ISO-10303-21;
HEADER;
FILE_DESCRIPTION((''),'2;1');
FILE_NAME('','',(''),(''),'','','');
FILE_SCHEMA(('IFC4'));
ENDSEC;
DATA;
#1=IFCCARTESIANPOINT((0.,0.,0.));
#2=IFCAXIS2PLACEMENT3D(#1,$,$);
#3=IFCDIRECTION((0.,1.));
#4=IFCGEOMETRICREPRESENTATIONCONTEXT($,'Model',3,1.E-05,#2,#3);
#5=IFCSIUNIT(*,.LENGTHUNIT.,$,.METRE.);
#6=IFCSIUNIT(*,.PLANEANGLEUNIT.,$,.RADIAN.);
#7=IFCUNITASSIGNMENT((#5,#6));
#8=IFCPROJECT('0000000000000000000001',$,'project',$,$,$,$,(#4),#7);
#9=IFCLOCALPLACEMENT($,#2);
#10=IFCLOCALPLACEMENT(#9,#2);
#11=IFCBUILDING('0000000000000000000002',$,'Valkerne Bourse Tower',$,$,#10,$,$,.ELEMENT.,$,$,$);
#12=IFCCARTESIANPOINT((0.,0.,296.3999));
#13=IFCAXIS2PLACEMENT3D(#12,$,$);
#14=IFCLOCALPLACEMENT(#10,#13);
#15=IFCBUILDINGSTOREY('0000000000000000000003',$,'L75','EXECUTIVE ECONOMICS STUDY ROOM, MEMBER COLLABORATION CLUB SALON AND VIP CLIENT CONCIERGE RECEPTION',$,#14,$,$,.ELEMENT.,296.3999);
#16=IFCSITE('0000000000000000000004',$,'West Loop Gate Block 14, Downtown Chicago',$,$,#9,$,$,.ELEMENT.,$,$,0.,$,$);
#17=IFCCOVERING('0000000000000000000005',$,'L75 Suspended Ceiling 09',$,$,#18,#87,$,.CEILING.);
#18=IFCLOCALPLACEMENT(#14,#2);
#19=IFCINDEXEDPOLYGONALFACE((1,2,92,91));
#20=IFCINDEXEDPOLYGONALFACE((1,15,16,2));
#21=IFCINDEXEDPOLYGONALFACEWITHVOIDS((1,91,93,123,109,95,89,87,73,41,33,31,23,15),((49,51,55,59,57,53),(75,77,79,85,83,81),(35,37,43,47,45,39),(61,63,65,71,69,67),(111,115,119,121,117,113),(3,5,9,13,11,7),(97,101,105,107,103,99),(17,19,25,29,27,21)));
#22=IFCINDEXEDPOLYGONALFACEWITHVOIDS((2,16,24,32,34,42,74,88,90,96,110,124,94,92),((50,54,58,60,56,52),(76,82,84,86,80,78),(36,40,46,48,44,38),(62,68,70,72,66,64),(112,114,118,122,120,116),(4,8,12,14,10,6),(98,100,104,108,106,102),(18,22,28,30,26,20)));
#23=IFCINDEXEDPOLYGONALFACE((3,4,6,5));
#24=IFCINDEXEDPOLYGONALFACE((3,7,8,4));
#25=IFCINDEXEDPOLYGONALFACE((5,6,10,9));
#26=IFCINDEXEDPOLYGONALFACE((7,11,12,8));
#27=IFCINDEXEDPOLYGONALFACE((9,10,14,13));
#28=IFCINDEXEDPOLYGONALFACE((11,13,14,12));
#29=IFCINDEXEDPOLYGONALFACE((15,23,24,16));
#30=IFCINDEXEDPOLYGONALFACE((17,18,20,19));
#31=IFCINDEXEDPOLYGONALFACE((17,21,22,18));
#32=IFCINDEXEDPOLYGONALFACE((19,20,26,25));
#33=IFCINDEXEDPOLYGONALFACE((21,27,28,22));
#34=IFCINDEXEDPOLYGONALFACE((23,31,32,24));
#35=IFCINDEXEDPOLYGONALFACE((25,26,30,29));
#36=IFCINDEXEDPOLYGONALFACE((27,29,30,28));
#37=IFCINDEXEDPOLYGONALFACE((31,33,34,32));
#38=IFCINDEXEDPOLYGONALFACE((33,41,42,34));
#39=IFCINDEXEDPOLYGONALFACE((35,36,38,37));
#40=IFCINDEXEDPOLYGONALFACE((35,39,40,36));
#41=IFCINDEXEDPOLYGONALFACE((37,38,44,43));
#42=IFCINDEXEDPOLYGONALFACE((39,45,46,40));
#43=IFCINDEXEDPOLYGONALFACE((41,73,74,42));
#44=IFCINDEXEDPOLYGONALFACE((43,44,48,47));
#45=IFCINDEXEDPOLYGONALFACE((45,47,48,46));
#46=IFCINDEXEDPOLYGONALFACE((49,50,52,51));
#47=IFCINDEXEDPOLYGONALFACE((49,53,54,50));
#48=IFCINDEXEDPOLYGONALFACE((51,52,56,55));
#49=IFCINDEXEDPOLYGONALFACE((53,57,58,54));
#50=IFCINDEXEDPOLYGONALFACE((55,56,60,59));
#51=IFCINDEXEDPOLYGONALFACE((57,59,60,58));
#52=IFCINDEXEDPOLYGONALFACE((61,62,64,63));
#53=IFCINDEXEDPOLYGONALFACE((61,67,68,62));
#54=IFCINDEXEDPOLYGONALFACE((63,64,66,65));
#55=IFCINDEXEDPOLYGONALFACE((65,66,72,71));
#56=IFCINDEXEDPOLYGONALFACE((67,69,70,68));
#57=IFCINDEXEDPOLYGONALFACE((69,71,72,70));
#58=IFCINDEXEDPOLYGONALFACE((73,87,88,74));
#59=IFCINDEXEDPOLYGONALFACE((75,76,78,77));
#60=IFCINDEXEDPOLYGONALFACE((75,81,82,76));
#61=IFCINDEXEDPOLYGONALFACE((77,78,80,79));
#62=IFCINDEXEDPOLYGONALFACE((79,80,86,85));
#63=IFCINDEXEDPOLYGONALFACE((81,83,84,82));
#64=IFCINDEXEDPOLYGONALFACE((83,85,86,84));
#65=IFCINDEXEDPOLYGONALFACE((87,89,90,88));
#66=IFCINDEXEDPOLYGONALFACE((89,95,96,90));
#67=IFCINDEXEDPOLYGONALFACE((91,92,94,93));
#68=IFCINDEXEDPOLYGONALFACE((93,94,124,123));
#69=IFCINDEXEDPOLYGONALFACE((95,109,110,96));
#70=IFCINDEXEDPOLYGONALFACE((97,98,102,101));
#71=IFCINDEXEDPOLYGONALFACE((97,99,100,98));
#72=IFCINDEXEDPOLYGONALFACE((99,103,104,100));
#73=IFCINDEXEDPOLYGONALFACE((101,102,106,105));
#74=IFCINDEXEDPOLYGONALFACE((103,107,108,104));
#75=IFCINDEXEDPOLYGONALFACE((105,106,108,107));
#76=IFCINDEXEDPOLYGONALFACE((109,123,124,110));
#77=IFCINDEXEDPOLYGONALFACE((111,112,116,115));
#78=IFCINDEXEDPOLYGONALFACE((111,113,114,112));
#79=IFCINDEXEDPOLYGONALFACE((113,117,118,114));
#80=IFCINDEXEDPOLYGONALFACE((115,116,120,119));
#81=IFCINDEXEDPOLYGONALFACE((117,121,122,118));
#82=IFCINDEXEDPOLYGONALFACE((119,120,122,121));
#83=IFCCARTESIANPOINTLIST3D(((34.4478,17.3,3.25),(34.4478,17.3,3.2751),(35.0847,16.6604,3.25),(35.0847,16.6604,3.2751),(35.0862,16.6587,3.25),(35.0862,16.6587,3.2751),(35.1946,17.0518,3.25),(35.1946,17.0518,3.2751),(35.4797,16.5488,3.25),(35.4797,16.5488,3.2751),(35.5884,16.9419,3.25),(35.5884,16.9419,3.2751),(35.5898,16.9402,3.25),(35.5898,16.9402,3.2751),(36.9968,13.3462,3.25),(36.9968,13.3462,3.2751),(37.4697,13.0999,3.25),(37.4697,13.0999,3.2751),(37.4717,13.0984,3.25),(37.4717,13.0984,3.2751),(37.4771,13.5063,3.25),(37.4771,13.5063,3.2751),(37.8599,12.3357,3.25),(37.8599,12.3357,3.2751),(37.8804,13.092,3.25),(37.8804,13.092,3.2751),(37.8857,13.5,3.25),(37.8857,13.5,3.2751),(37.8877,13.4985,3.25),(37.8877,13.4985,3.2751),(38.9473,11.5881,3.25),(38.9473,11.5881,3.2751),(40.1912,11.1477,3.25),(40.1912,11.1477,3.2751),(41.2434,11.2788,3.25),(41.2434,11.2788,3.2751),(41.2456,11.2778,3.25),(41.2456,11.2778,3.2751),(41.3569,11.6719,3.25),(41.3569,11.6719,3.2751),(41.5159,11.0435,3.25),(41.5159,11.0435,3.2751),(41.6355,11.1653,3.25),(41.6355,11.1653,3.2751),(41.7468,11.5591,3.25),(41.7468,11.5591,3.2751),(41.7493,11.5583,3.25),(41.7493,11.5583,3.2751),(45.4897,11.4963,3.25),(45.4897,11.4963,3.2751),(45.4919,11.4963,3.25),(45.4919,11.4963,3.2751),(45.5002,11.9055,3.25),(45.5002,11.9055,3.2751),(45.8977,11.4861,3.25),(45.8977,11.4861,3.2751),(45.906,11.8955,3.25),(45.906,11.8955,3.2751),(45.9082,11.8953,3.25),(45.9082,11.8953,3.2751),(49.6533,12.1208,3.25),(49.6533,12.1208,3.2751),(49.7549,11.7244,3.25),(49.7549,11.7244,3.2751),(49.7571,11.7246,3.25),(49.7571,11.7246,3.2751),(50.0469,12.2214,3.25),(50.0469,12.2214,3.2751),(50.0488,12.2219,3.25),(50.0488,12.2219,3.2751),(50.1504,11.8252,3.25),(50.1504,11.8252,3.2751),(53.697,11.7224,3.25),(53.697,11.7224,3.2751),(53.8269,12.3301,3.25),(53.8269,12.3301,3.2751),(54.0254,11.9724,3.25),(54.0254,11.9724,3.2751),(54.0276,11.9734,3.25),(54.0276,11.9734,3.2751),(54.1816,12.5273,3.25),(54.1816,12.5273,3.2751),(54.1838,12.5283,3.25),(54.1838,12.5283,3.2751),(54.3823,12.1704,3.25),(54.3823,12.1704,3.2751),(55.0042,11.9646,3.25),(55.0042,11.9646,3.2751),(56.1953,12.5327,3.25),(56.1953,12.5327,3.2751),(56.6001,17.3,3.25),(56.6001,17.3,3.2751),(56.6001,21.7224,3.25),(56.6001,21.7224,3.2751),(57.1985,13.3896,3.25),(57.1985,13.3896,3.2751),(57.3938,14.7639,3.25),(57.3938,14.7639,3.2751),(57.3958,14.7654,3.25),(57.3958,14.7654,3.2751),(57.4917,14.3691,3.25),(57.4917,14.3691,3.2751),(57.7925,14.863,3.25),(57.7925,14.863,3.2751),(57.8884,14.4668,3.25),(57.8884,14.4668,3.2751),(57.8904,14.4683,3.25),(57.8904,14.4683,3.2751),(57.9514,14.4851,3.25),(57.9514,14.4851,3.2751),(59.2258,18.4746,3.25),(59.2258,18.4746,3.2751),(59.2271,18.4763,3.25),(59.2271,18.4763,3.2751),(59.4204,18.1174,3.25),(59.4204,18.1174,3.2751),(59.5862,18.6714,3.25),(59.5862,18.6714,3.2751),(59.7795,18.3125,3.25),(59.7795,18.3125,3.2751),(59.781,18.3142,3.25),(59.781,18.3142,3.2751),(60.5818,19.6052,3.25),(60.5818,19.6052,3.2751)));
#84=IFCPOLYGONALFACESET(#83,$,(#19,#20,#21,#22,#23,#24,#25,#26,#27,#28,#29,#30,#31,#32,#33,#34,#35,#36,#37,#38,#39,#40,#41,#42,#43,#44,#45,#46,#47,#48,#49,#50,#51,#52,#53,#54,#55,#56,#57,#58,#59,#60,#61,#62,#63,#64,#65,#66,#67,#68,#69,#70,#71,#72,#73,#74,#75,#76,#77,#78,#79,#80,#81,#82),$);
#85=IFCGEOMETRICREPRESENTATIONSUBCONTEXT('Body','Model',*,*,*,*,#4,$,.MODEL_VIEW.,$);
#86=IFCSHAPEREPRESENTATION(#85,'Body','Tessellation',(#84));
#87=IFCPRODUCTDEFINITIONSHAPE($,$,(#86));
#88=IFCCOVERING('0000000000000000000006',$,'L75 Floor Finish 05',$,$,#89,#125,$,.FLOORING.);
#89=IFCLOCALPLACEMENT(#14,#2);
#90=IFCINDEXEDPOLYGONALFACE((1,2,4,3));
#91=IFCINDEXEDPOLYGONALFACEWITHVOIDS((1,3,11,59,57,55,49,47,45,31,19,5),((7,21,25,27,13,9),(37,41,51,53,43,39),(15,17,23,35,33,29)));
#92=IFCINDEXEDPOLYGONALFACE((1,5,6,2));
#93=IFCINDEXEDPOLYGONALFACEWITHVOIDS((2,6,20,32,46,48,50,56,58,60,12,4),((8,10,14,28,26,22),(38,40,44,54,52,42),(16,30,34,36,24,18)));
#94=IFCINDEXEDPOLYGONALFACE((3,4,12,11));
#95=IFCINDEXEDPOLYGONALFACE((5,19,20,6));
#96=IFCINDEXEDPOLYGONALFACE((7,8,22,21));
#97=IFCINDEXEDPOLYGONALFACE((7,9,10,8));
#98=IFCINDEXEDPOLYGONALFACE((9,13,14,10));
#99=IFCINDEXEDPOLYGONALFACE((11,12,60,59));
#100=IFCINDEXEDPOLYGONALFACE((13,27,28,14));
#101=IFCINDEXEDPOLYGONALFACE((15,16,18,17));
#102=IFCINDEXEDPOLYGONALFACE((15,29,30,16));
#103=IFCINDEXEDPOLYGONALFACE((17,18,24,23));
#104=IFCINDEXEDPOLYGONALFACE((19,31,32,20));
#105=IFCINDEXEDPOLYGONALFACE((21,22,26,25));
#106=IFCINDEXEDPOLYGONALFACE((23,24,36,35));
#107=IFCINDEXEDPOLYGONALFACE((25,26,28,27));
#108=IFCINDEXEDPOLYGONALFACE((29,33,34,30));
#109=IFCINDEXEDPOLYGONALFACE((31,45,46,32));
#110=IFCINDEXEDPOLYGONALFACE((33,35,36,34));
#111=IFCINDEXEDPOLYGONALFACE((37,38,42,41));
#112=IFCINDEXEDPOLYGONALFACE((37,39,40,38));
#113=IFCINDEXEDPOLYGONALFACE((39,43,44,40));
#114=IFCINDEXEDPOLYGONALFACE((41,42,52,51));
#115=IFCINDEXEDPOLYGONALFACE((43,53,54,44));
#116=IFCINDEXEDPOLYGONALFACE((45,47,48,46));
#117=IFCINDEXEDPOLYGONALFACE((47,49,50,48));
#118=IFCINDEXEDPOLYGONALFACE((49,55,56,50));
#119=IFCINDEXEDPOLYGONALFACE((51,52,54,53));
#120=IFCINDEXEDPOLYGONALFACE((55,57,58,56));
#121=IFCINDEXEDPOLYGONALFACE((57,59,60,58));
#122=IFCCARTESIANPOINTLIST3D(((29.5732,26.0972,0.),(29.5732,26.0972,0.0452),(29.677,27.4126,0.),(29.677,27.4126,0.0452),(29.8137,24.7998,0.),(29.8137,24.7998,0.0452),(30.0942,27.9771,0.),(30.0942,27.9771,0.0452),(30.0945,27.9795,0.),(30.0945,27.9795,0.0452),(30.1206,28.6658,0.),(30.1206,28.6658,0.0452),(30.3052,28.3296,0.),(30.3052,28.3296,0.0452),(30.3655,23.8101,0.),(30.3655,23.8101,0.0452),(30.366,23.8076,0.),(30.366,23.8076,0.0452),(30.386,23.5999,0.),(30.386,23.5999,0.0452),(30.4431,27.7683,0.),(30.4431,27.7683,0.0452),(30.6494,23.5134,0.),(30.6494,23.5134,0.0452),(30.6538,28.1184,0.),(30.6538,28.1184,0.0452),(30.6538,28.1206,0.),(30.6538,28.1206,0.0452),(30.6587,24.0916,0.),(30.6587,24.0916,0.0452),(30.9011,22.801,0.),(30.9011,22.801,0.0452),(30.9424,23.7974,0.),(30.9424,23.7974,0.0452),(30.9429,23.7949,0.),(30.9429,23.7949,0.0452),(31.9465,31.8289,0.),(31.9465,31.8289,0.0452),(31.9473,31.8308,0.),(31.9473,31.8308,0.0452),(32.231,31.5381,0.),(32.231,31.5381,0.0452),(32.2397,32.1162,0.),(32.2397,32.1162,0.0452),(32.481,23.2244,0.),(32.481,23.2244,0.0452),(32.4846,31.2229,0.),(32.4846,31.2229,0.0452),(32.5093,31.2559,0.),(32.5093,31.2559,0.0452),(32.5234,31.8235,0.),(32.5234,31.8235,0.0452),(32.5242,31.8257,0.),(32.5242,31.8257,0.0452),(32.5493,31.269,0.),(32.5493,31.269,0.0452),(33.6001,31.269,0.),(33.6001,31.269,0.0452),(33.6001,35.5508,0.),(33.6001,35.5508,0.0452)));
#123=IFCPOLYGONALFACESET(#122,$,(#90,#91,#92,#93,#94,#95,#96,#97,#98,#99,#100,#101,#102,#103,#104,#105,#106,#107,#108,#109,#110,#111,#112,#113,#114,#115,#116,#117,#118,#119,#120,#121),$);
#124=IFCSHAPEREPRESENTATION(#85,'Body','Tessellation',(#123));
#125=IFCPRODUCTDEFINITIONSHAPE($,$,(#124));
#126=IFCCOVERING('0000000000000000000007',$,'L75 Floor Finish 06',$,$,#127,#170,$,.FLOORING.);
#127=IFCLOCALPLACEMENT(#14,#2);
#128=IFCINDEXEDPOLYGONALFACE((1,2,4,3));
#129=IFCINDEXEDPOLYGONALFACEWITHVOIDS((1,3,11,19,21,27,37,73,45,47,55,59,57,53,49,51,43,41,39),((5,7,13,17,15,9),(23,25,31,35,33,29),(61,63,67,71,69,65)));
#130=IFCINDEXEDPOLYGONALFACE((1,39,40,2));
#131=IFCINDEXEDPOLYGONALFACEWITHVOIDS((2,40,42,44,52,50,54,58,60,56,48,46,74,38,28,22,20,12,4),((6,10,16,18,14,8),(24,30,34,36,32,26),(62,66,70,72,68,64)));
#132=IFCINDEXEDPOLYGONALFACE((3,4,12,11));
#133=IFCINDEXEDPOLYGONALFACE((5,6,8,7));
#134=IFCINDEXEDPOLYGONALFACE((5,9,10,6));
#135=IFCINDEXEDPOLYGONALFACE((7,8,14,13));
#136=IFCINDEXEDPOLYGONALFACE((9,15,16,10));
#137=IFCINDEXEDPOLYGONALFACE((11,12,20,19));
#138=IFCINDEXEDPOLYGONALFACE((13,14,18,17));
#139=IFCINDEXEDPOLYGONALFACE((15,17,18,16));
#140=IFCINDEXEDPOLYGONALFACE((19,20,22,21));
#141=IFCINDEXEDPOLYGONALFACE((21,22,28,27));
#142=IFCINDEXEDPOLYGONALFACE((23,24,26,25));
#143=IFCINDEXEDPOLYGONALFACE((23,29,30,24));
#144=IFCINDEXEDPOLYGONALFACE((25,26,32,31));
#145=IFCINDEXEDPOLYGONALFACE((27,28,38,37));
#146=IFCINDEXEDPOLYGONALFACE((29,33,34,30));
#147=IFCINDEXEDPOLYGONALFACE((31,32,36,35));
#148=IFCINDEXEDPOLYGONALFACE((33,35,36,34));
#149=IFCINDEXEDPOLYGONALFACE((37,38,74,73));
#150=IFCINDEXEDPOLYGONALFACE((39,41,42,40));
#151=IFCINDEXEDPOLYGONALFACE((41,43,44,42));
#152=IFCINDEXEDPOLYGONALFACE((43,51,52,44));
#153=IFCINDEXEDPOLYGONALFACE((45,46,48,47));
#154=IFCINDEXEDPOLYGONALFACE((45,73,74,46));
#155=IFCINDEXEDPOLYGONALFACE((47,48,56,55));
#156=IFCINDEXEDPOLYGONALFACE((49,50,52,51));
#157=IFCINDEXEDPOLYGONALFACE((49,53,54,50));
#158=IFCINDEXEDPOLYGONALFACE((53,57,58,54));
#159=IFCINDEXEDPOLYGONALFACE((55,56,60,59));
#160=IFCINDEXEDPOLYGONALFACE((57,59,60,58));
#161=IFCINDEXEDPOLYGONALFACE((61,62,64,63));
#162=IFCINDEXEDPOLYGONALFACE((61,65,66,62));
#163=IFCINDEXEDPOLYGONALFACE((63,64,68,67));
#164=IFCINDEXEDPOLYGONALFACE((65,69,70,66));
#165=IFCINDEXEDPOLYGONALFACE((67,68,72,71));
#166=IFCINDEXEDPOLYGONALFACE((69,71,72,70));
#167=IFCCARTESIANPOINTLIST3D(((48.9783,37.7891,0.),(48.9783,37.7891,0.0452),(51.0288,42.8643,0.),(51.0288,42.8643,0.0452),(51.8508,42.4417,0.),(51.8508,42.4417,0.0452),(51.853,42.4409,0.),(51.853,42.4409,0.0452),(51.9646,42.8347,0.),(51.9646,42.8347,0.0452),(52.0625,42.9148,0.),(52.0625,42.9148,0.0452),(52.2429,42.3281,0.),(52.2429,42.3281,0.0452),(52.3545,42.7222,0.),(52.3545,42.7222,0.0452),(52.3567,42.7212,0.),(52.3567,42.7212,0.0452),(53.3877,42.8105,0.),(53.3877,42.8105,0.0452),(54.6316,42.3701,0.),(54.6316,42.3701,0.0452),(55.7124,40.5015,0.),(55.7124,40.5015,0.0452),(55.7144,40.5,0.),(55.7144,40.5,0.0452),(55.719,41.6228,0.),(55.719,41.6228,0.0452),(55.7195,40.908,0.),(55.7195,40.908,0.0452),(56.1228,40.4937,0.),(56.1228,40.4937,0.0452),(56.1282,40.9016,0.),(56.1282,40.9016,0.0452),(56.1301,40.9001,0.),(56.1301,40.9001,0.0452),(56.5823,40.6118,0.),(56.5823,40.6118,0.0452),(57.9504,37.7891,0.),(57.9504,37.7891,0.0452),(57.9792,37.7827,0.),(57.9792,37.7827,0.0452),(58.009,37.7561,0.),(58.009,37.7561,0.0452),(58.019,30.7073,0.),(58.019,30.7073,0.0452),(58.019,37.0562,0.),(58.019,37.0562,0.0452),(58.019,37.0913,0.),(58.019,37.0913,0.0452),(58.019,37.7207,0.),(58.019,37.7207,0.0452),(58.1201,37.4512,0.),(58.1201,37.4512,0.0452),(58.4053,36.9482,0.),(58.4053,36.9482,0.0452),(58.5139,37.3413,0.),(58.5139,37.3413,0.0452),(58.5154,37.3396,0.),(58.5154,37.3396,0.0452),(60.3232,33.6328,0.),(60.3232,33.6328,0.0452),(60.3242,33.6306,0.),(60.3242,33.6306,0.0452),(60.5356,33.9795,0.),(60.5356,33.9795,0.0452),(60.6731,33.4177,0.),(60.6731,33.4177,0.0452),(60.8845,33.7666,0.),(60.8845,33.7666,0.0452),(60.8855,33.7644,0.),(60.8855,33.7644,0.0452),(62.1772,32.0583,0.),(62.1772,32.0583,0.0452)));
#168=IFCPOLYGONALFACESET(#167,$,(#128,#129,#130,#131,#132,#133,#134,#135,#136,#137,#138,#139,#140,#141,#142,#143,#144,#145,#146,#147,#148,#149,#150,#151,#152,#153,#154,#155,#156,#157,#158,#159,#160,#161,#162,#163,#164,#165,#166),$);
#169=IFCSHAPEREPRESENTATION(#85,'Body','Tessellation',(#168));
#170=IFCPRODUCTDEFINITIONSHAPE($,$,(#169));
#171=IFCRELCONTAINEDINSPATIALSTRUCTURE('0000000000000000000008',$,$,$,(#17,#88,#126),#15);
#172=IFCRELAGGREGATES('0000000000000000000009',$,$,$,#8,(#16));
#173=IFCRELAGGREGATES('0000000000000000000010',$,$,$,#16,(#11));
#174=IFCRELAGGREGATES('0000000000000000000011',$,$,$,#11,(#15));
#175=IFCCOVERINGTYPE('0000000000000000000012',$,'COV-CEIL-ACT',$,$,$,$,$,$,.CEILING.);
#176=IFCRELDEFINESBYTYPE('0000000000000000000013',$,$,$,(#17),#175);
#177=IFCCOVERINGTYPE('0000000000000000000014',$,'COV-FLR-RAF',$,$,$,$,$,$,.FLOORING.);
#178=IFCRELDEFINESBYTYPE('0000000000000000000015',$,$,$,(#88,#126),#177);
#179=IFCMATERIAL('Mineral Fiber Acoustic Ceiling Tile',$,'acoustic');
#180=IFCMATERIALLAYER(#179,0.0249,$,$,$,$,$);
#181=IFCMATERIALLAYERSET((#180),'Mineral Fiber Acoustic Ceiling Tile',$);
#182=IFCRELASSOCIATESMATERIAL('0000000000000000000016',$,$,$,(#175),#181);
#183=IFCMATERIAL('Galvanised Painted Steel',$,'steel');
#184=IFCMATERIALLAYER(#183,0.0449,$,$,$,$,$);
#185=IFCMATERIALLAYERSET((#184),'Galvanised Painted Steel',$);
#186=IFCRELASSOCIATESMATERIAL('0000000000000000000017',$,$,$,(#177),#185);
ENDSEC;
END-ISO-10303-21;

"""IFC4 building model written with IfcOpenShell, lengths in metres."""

from ifc_helpers import new_model, si_unit, direction, frame, origin, place, context, subcontext, project, spatial, polyline, outline, extrude, material, layer, layer_set, type_object, element, save


model = new_model("IFC4")

# Units and contexts
model_context = context("Model", 3, precision=1e-05, world=origin(), true_north=direction((0.0, 1.0)))
body_context = subcontext(model_context, "Body", "Model", "MODEL_VIEW")
ifc_project = project(units=[si_unit("LENGTHUNIT", "METRE"), si_unit("PLANEANGLEUNIT", "RADIAN")], contexts=[model_context])

# Site, building, storey
site_placement = place(None, origin())
site = spatial("IfcSite", under=ifc_project, at=site_placement, Name="West Loop Gate Block 14, Downtown Chicago", CompositionType="ELEMENT", RefElevation=0.0)
building_placement = place(site_placement, origin())
building = spatial("IfcBuilding", under=site, at=building_placement, Name="Valkerne Bourse Tower", CompositionType="ELEMENT")
storey_placement = place(building_placement, frame((0.0, 0.0, 296.3999)))
storey = spatial("IfcBuildingStorey", under=building, at=storey_placement, Name="L75", Description="EXECUTIVE ECONOMICS STUDY ROOM, MEMBER COLLABORATION CLUB SALON AND VIP CLIENT CONCIERGE RECEPTION", CompositionType="ELEMENT", Elevation=296.3999)

# Coverings
ifc_material_1 = material(Name="Mineral Fiber Acoustic Ceiling Tile", Category="acoustic")
ifc_layer_1 = layer(ifc_material_1, 0.0249)
ifc_layer_set_1 = layer_set([ifc_layer_1], Name="Mineral Fiber Acoustic Ceiling Tile")
covering_type_1 = type_object("IfcCoveringType", Name="COV-CEIL-ACT", PredefinedType="CEILING", material=ifc_layer_set_1)
covering_1_placement = place(storey_placement, frame((0.0, 0.0, 3.25)))
element("IfcCovering", 1, at=covering_1_placement, inside=storey, type_object=covering_type_1, Name="L75 Suspended Ceiling 09", PredefinedType="CEILING", context=body_context, shape_type="SweptSolid", body=[
    extrude(outline(polyline([(56.1953, 12.5327), (55.0042, 11.9646), (53.697, 11.7224), (41.5159, 11.0435), (40.1912, 11.1477), (38.9473, 11.5881), (37.8599, 12.3357), (36.9968, 13.3462), (34.4478, 17.3), (56.6001, 17.3), (56.6001, 21.7224), (60.5818, 19.6052), (57.9514, 14.4851), (57.1985, 13.3896), (56.1953, 12.5327)]), holes=[polyline([(41.7468, 11.5591), (41.3569, 11.6719), (41.2434, 11.2788), (41.2456, 11.2778), (41.6355, 11.1653), (41.7493, 11.5583), (41.7468, 11.5591)]), polyline([(45.906, 11.8955), (45.5002, 11.9055), (45.4897, 11.4963), (45.4919, 11.4963), (45.8977, 11.4861), (45.9082, 11.8953), (45.906, 11.8955)]), polyline([(37.8857, 13.5), (37.4771, 13.5063), (37.4697, 13.0999), (37.4717, 13.0984), (37.8804, 13.092), (37.8877, 13.4985), (37.8857, 13.5)]), polyline([(35.5884, 16.9419), (35.1946, 17.0518), (35.0847, 16.6604), (35.0862, 16.6587), (35.4797, 16.5488), (35.5898, 16.9402), (35.5884, 16.9419)]), polyline([(50.1504, 11.8252), (50.0488, 12.2219), (50.0469, 12.2214), (49.6533, 12.1208), (49.7549, 11.7244), (49.7571, 11.7246), (50.1504, 11.8252)]), polyline([(54.3823, 12.1704), (54.1838, 12.5283), (54.1816, 12.5273), (53.8269, 12.3301), (54.0254, 11.9724), (54.0276, 11.9734), (54.3823, 12.1704)]), polyline([(57.8904, 14.4683), (57.7925, 14.863), (57.3958, 14.7654), (57.3938, 14.7639), (57.4917, 14.3691), (57.8884, 14.4668), (57.8904, 14.4683)]), polyline([(59.781, 18.3142), (59.5862, 18.6714), (59.2271, 18.4763), (59.2258, 18.4746), (59.4204, 18.1174), (59.7795, 18.3125), (59.781, 18.3142)])]), origin(), (0.0, 0.0, 1.0), 0.0251),
])
ifc_material_2 = material(Name="Galvanised Painted Steel", Category="steel")
ifc_layer_2 = layer(ifc_material_2, 0.0449)
ifc_layer_set_2 = layer_set([ifc_layer_2], Name="Galvanised Painted Steel")
covering_type_2 = type_object("IfcCoveringType", Name="COV-FLR-RAF", PredefinedType="FLOORING", material=ifc_layer_set_2)
covering_2_placement = place(storey_placement, origin())
element("IfcCovering", 2, at=covering_2_placement, inside=storey, type_object=covering_type_2, Name="L75 Floor Finish 05", PredefinedType="FLOORING", context=body_context, shape_type="SweptSolid", body=[
    extrude(outline(polyline([(29.5732, 26.0972), (29.677, 27.4126), (30.1206, 28.6658), (33.6001, 35.5508), (33.6001, 31.269), (32.5493, 31.269), (32.5093, 31.2559), (32.4846, 31.2229), (32.481, 23.2244), (30.9011, 22.801), (30.386, 23.5999), (29.8137, 24.7998), (29.5732, 26.0972)]), holes=[polyline([(30.9424, 23.7974), (30.6587, 24.0916), (30.3655, 23.8101), (30.366, 23.8076), (30.6494, 23.5134), (30.9429, 23.7949), (30.9424, 23.7974)]), polyline([(30.6538, 28.1206), (30.3052, 28.3296), (30.0945, 27.9795), (30.0942, 27.9771), (30.4431, 27.7683), (30.6538, 28.1184), (30.6538, 28.1206)]), polyline([(32.5242, 31.8257), (32.2397, 32.1162), (31.9473, 31.8308), (31.9465, 31.8289), (32.231, 31.5381), (32.5234, 31.8235), (32.5242, 31.8257)])]), origin(), (0.0, 0.0, 1.0), 0.0452),
])
covering_3_placement = place(storey_placement, origin())
element("IfcCovering", 3, at=covering_3_placement, inside=storey, type_object=covering_type_2, Name="L75 Floor Finish 06", PredefinedType="FLOORING", context=body_context, shape_type="SweptSolid", body=[
    extrude(outline(polyline([(54.6316, 42.3701), (55.719, 41.6228), (56.5823, 40.6118), (62.1772, 32.0583), (58.019, 30.7073), (58.019, 37.0562), (58.4053, 36.9482), (58.5154, 37.3396), (58.5139, 37.3413), (58.1201, 37.4512), (58.019, 37.0913), (58.019, 37.7207), (58.009, 37.7561), (57.9792, 37.7827), (57.9504, 37.7891), (48.9783, 37.7891), (51.0288, 42.8643), (52.0625, 42.9148), (53.3877, 42.8105), (54.6316, 42.3701)]), holes=[polyline([(60.8845, 33.7666), (60.5356, 33.9795), (60.3232, 33.6328), (60.3242, 33.6306), (60.6731, 33.4177), (60.8855, 33.7644), (60.8845, 33.7666)]), polyline([(56.1282, 40.9016), (55.7195, 40.908), (55.7124, 40.5015), (55.7144, 40.5), (56.1228, 40.4937), (56.1301, 40.9001), (56.1282, 40.9016)]), polyline([(52.3567, 42.7212), (52.3545, 42.7222), (51.9646, 42.8347), (51.8508, 42.4417), (51.853, 42.4409), (52.2429, 42.3281), (52.3567, 42.7212)])]), origin(), (0.0, 0.0, 1.0), 0.0452),
])

save(model, "model.ifc")
